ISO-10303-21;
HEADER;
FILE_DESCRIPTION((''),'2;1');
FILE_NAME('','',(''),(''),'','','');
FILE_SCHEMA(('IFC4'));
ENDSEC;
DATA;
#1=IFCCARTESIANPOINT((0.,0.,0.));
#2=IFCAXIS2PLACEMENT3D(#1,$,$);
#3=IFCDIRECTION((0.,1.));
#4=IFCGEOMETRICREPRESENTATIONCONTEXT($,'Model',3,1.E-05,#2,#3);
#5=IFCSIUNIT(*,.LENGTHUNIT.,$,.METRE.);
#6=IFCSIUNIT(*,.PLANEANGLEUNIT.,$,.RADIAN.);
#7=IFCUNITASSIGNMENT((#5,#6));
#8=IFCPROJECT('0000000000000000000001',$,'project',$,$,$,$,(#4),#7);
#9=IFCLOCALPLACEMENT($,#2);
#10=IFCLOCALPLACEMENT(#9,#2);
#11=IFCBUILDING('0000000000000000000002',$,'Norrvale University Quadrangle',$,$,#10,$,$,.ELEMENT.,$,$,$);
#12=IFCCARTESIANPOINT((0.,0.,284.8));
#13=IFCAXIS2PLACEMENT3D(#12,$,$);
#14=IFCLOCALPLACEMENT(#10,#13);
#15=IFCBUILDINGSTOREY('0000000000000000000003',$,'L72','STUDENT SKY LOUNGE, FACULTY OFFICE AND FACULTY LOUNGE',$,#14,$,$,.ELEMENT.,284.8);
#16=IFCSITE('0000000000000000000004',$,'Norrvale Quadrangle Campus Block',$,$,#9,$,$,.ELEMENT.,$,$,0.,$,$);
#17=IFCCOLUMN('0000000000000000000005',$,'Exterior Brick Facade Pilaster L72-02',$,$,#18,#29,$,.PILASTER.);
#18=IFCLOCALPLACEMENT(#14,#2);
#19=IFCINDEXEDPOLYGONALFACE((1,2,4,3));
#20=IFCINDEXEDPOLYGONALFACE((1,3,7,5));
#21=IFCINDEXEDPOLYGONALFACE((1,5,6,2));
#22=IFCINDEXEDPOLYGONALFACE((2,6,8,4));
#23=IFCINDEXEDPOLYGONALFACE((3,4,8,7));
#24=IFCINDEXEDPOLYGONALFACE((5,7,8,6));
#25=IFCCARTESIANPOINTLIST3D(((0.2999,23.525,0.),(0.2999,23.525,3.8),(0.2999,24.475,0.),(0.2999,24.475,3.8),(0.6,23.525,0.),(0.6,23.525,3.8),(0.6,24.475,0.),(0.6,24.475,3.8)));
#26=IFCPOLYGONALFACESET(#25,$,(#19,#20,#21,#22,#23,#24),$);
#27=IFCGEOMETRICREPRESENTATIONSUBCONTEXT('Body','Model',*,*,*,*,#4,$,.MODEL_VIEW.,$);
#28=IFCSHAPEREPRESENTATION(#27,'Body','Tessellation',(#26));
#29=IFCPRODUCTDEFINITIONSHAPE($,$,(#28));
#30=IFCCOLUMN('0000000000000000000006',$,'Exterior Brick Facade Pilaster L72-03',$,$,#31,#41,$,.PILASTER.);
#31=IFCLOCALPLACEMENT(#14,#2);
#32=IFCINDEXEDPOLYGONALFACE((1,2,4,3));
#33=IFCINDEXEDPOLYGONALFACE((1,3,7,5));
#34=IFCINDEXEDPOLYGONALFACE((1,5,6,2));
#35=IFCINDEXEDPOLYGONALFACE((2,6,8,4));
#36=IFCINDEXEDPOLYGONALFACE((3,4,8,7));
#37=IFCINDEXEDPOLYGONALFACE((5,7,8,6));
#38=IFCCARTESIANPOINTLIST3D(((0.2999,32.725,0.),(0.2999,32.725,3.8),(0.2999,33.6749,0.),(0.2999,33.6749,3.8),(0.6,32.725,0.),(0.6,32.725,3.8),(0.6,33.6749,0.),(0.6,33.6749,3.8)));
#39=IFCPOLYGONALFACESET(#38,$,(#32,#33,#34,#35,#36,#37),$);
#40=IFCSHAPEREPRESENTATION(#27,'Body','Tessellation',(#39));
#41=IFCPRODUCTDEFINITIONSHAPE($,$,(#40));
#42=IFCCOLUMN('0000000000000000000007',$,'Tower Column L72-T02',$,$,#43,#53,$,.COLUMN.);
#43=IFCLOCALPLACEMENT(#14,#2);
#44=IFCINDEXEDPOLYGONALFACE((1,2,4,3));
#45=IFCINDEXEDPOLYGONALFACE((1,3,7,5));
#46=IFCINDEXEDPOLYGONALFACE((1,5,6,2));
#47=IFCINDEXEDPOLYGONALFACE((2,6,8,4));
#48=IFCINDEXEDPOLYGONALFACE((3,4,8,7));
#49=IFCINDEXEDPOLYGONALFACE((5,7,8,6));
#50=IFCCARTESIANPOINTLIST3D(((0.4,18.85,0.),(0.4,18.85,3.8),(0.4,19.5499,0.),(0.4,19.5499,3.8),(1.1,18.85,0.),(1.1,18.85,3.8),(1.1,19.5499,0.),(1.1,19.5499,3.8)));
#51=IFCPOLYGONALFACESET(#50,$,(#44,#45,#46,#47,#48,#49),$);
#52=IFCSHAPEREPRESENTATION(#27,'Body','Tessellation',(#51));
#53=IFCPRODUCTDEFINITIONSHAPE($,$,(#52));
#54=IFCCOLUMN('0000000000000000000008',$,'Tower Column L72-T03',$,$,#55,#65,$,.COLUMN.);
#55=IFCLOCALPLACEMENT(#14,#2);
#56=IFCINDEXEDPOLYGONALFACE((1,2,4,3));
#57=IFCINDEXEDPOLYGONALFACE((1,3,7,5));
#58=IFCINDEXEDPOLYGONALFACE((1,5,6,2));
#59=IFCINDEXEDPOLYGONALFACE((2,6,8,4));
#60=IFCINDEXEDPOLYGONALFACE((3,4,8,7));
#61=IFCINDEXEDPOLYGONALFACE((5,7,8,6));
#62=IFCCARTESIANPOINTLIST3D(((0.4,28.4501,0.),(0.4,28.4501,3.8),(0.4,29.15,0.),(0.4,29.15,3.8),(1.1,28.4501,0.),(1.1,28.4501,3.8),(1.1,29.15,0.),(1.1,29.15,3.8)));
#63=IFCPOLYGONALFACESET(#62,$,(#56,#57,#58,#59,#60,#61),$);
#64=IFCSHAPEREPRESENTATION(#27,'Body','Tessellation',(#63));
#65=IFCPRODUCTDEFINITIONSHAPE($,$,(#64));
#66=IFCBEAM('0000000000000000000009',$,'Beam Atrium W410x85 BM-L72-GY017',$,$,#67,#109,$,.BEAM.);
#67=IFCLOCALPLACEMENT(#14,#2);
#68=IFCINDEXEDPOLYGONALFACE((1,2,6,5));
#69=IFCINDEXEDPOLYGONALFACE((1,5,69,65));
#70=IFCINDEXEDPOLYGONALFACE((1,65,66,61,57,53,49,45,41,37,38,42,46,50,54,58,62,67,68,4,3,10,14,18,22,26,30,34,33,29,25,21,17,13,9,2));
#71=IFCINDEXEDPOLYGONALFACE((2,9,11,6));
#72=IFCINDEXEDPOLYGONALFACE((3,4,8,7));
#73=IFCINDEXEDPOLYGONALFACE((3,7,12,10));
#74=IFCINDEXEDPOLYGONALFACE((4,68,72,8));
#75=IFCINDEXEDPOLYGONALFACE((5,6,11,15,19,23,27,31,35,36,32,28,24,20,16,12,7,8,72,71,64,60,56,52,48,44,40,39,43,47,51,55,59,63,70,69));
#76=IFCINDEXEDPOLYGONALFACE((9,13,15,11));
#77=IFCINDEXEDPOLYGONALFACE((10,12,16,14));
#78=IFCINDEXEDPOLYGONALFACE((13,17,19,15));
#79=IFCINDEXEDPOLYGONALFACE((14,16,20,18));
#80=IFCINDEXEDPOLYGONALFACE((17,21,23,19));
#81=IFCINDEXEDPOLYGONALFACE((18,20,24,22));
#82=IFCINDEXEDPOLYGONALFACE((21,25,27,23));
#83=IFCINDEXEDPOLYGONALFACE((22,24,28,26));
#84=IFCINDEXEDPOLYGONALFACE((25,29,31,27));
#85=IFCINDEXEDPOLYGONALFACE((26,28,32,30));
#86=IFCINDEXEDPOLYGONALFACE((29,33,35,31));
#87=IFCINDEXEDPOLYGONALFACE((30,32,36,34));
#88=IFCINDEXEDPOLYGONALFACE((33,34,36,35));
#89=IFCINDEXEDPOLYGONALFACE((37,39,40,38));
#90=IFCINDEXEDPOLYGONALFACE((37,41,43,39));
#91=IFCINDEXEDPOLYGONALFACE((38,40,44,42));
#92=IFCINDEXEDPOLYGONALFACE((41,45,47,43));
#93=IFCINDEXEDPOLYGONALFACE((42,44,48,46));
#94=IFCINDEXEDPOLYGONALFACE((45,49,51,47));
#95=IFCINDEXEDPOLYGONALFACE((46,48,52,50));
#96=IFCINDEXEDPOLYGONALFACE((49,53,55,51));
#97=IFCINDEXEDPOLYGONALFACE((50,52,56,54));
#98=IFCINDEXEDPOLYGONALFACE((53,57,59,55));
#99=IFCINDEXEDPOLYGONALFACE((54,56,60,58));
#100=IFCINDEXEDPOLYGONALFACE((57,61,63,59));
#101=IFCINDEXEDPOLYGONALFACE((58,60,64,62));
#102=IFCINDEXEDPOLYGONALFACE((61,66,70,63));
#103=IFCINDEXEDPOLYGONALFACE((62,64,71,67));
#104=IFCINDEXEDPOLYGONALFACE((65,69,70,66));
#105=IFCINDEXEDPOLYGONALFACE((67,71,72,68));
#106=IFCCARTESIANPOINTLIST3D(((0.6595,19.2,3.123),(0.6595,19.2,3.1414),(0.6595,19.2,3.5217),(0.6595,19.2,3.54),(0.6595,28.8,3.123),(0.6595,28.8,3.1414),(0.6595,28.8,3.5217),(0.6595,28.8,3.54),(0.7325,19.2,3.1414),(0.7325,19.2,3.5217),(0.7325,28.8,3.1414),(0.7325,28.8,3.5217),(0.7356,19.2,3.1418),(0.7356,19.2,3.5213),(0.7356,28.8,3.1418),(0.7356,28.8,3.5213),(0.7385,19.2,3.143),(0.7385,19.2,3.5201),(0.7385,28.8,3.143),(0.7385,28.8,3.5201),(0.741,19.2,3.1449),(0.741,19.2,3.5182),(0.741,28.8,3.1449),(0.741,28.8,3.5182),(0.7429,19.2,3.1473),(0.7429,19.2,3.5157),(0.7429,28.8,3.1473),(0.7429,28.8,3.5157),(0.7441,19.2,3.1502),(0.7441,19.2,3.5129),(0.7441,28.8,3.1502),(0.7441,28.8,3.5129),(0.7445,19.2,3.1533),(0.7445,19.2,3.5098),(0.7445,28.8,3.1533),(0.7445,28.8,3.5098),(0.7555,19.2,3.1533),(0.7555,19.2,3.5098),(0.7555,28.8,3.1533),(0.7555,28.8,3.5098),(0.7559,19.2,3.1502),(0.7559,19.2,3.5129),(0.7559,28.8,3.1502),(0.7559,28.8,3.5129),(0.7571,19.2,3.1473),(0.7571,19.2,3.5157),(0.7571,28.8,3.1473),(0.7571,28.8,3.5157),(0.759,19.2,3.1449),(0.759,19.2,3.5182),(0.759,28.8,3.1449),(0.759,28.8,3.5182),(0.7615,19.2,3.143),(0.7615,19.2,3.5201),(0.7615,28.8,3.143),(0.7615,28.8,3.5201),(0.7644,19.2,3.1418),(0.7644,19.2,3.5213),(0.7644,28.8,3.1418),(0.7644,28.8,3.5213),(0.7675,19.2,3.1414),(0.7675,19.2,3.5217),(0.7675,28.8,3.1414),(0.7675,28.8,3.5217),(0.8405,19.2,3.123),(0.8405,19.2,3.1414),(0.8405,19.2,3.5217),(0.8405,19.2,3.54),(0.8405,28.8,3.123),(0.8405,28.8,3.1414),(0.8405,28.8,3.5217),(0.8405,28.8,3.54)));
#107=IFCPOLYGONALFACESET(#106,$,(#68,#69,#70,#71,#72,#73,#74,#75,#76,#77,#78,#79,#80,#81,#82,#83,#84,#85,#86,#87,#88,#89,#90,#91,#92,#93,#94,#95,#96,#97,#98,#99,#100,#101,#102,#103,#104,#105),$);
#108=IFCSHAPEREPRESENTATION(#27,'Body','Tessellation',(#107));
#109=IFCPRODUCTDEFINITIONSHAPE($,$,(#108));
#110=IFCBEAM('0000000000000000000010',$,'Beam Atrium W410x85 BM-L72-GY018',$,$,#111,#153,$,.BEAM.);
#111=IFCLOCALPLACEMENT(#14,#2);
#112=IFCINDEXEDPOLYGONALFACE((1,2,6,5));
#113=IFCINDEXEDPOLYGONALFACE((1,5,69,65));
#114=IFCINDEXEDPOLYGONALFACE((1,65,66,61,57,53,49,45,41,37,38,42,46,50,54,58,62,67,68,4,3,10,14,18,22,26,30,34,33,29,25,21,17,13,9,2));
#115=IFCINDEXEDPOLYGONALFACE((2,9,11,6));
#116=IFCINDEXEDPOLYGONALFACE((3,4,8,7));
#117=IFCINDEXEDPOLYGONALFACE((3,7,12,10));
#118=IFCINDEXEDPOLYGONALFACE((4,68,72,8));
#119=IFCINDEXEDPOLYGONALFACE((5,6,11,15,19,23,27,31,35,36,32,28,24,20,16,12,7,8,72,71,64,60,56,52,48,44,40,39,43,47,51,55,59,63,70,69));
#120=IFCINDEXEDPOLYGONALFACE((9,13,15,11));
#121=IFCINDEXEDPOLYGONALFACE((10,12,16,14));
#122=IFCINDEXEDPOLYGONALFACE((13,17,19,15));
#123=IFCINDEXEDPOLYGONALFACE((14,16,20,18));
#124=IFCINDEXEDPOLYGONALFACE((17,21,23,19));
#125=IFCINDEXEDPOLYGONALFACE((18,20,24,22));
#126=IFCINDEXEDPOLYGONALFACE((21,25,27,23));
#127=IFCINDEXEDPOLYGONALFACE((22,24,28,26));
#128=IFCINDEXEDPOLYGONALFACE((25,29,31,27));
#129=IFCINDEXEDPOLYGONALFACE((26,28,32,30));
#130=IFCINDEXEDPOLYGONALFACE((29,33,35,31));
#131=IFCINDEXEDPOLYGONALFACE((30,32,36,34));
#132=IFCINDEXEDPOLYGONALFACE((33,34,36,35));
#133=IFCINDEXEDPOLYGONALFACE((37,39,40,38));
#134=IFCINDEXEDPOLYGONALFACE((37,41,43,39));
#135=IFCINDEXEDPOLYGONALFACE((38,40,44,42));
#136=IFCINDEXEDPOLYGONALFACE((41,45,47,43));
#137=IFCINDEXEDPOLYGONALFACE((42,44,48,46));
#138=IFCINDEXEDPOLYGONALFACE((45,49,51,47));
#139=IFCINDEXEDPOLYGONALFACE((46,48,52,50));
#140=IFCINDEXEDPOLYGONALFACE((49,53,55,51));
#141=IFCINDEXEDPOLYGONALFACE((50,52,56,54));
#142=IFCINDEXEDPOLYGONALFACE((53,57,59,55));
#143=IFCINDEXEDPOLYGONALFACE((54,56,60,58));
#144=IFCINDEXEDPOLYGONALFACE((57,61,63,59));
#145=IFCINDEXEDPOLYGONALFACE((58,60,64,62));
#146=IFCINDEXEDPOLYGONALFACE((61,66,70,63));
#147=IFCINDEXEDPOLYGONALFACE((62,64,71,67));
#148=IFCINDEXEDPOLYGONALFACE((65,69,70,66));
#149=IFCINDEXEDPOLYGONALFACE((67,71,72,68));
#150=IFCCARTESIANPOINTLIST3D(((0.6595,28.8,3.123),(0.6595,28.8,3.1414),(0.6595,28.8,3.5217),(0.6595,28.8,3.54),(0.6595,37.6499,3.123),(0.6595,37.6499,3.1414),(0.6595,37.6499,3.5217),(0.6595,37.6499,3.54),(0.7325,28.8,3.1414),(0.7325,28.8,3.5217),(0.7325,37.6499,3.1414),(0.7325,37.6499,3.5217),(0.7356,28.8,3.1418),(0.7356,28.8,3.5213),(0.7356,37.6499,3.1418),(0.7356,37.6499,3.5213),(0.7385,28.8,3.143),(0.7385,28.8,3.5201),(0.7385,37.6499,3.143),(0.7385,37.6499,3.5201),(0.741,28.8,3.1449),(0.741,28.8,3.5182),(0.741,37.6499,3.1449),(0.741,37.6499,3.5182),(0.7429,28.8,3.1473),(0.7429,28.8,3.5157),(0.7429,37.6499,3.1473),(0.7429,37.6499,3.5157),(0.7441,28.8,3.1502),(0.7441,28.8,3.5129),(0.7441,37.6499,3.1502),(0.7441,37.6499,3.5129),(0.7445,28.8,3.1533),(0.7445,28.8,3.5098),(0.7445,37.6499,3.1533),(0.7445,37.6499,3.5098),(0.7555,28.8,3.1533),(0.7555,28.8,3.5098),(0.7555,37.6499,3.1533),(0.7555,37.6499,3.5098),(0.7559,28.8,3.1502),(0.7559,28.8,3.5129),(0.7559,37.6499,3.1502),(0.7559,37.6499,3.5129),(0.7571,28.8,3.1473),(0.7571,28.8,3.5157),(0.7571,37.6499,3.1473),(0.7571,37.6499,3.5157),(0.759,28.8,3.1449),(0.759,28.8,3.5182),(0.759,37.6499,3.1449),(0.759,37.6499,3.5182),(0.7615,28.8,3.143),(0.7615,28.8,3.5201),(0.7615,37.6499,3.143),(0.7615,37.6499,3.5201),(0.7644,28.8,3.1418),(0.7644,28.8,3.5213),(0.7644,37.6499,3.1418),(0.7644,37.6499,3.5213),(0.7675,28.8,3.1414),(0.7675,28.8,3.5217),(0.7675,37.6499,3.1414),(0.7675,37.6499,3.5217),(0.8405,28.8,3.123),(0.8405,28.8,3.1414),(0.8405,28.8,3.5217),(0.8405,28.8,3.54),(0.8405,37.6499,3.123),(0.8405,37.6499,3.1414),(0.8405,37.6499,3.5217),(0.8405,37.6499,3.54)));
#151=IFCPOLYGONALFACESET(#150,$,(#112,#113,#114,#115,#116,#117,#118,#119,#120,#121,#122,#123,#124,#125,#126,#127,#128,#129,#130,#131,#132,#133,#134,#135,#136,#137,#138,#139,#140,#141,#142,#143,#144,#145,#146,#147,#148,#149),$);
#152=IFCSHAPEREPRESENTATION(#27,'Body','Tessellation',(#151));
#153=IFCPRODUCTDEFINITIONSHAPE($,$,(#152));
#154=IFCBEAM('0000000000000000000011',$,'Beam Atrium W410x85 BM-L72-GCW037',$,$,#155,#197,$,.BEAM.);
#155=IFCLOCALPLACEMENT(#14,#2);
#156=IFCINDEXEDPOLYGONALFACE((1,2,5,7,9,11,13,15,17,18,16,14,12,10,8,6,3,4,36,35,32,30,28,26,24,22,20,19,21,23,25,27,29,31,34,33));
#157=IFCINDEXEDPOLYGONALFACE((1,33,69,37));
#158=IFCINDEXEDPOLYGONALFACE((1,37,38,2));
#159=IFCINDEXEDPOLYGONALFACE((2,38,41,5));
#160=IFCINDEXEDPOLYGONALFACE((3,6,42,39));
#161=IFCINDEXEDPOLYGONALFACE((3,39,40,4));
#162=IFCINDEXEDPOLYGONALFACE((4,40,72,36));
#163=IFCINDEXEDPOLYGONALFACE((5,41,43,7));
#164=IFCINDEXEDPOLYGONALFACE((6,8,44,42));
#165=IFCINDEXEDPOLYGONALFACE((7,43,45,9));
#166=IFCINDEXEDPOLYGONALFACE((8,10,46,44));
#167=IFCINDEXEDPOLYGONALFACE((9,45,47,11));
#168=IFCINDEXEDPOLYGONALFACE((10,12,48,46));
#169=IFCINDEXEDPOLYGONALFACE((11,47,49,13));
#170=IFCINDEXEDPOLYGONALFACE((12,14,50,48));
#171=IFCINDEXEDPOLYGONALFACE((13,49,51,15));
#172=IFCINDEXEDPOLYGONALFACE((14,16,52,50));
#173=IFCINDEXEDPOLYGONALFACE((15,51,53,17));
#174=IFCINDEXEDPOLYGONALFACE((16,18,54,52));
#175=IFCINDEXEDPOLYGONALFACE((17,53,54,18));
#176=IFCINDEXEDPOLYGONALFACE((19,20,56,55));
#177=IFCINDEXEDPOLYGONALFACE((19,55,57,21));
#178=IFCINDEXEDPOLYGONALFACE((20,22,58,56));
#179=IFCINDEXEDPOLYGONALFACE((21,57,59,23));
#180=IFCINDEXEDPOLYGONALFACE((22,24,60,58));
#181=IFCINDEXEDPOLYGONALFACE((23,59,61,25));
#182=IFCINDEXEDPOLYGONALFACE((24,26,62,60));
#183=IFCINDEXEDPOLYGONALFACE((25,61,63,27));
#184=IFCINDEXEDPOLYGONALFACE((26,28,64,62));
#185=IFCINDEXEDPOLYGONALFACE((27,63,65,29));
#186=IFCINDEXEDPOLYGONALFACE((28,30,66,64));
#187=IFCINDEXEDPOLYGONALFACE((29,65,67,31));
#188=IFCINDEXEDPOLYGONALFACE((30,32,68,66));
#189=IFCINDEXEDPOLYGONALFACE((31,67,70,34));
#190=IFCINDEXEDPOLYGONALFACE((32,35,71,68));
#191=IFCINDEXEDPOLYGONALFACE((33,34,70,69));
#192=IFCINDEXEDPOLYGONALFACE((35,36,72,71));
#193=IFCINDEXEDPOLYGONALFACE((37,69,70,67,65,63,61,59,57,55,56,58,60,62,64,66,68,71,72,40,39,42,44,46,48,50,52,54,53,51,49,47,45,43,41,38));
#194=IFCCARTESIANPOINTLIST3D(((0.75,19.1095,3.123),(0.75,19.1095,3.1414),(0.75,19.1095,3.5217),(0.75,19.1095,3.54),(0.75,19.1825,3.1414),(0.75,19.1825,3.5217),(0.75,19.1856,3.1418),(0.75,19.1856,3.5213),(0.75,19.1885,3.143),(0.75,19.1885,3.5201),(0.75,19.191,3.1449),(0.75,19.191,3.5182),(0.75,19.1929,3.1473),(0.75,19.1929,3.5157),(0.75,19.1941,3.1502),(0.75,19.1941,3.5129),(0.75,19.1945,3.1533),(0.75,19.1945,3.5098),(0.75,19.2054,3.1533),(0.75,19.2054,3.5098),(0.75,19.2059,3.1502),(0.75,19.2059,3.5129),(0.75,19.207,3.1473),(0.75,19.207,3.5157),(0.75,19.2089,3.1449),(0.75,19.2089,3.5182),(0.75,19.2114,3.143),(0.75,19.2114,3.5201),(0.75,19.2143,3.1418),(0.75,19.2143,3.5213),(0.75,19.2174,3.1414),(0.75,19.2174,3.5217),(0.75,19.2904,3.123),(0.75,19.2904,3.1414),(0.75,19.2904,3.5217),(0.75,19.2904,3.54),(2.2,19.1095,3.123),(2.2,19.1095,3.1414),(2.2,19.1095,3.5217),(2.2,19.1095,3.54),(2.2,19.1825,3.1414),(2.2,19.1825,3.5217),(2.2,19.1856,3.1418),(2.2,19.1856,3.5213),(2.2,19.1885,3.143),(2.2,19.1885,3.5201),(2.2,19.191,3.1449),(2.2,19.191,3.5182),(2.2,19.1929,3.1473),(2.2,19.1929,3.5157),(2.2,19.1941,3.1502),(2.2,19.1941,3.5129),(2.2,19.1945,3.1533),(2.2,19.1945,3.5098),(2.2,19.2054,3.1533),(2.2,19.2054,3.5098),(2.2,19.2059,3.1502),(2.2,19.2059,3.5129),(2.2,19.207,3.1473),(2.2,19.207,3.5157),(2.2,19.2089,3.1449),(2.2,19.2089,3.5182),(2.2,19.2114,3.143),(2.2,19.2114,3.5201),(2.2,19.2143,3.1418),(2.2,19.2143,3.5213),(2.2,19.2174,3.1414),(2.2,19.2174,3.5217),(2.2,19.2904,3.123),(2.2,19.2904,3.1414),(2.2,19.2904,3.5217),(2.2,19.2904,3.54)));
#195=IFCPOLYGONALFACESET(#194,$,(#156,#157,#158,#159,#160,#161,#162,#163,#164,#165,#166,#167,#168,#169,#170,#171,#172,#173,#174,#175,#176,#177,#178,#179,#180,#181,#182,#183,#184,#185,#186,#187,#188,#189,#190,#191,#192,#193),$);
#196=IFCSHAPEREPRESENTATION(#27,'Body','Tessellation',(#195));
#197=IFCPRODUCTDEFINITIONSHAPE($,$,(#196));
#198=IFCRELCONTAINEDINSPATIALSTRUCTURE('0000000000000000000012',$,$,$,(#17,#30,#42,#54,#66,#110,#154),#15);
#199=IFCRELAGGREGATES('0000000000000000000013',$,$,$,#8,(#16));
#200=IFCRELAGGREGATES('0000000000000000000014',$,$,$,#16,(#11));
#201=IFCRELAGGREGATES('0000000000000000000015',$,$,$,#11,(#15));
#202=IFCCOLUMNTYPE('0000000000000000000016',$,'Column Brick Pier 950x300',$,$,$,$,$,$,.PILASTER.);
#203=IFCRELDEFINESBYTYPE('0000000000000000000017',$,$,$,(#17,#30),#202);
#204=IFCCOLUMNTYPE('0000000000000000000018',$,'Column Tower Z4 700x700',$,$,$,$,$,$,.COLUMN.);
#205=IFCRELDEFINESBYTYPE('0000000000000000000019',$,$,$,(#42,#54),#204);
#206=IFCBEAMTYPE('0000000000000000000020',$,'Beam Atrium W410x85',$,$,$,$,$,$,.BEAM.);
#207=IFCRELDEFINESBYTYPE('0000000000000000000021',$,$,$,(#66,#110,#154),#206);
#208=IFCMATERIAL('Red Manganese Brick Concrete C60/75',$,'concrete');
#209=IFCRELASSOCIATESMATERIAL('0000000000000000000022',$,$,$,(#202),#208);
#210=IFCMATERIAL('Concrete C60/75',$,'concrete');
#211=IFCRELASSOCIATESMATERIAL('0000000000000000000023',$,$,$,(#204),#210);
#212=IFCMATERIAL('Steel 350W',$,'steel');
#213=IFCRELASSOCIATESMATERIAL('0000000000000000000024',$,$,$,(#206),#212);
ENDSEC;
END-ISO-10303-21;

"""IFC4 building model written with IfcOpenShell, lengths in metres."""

from ifc_helpers import new_model, si_unit, direction, frame, origin, origin_2d, place, context, subcontext, project, spatial, rectangle, i_section, extrude, material, material_profile, profile_set, type_object, element, save


model = new_model("IFC4")

# Units and contexts
model_context = context("Model", 3, precision=1e-05, world=origin(), true_north=direction((0.0, 1.0)))
body_context = subcontext(model_context, "Body", "Model", "MODEL_VIEW")
ifc_project = project(units=[si_unit("LENGTHUNIT", "METRE"), si_unit("PLANEANGLEUNIT", "RADIAN")], contexts=[model_context])

# Site, building, storey
site_placement = place(None, origin())
site = spatial("IfcSite", under=ifc_project, at=site_placement, Name="Norrvale Quadrangle Campus Block", CompositionType="ELEMENT", RefElevation=0.0)
building_placement = place(site_placement, origin())
building = spatial("IfcBuilding", under=site, at=building_placement, Name="Norrvale University Quadrangle", CompositionType="ELEMENT")
storey_placement = place(building_placement, frame((0.0, 0.0, 284.8)))
storey = spatial("IfcBuildingStorey", under=building, at=storey_placement, Name="L72", Description="STUDENT SKY LOUNGE, FACULTY OFFICE AND FACULTY LOUNGE", CompositionType="ELEMENT", Elevation=284.8)

# Columns
ifc_material_1 = material(Name="Red Manganese Brick Concrete C60/75", Category="concrete")
ifc_material_profile_1 = material_profile(ifc_material_1, rectangle(XDim=0.95, YDim=0.3, at=origin_2d()), Name="Red Manganese Brick Concrete C60/75")
ifc_profile_set_1 = profile_set([ifc_material_profile_1], Name="Red Manganese Brick Concrete C60/75")
column_type_1 = type_object("IfcColumnType", Name="Column Brick Pier 950x300", PredefinedType="PILASTER", material=ifc_profile_set_1)
for number, where, z_axis, x_axis, name in (
    (1, (0.45, 24.0, 0.0), (0.0, 0.0, 1.0), (0.0, 1.0, 0.0), "Exterior Brick Facade Pilaster L72-02"),
    (2, (0.45, 33.2, 0.0), (0.0, 0.0, 1.0), (0.0, 1.0, 0.0), "Exterior Brick Facade Pilaster L72-03"),
):
    element("IfcColumn", number, at=place(storey_placement, frame(where, z_axis=z_axis, x_axis=x_axis)), inside=storey, type_object=column_type_1, Name=name, PredefinedType="PILASTER", context=body_context, shape_type="SweptSolid", body=[
        extrude(rectangle(XDim=0.95, YDim=0.3, at=origin_2d()), origin(), (0.0, 0.0, 1.0), 3.8),
    ])
ifc_material_2 = material(Name="Concrete C60/75", Category="concrete")
ifc_material_profile_2 = material_profile(ifc_material_2, rectangle(XDim=0.7, YDim=0.7, at=origin_2d()), Name="Concrete C60/75")
ifc_profile_set_2 = profile_set([ifc_material_profile_2], Name="Concrete C60/75")
column_type_2 = type_object("IfcColumnType", Name="Column Tower Z4 700x700", PredefinedType="COLUMN", material=ifc_profile_set_2)
for number, where, z_axis, x_axis, name in (
    (3, (0.75, 19.2, 0.0), (0.0, 0.0, 1.0), (1.0, 0.0, 0.0), "Tower Column L72-T02"),
    (4, (0.75, 28.8, 0.0), (0.0, 0.0, 1.0), (1.0, 0.0, 0.0), "Tower Column L72-T03"),
):
    element("IfcColumn", number, at=place(storey_placement, frame(where, z_axis=z_axis, x_axis=x_axis)), inside=storey, type_object=column_type_2, Name=name, PredefinedType="COLUMN", context=body_context, shape_type="SweptSolid", body=[
        extrude(rectangle(XDim=0.7, YDim=0.7, at=origin_2d()), origin(), (0.0, 0.0, 1.0), 3.8),
    ])

# Beams
ifc_material_3 = material(Name="Steel 350W", Category="steel")
ifc_material_profile_3 = material_profile(ifc_material_3, i_section(OverallWidth=0.1809, OverallDepth=0.417, WebThickness=0.011, FlangeThickness=0.0183, FilletRadius=0.012, at=origin_2d()), Name="Steel 350W")
ifc_profile_set_3 = profile_set([ifc_material_profile_3], Name="Steel 350W")
beam_type = type_object("IfcBeamType", Name="Beam Atrium W410x85", PredefinedType="BEAM", material=ifc_profile_set_3)
beam_1_placement = place(storey_placement, frame((0.75, 19.2, 3.3315), z_axis=(0.0, 1.0, 0.0), x_axis=(-1.0, 0.0, 0.0)))
element("IfcBeam", 5, at=beam_1_placement, inside=storey, type_object=beam_type, Name="Beam Atrium W410x85 BM-L72-GY017", PredefinedType="BEAM", context=body_context, shape_type="SweptSolid", body=[
    extrude(i_section(OverallWidth=0.1809, OverallDepth=0.417, WebThickness=0.011, FlangeThickness=0.0183, FilletRadius=0.012, at=origin_2d()), origin(), (0.0, 0.0, 1.0), 9.6001),
])
beam_2_placement = place(storey_placement, frame((0.75, 28.8, 3.3315), z_axis=(0.0, 1.0, 0.0), x_axis=(-1.0, 0.0, 0.0)))
element("IfcBeam", 6, at=beam_2_placement, inside=storey, type_object=beam_type, Name="Beam Atrium W410x85 BM-L72-GY018", PredefinedType="BEAM", context=body_context, shape_type="SweptSolid", body=[
    extrude(i_section(OverallWidth=0.1809, OverallDepth=0.417, WebThickness=0.011, FlangeThickness=0.0183, FilletRadius=0.012, at=origin_2d()), origin(), (0.0, 0.0, 1.0), 8.8499),
])
for number, where, z_axis, x_axis, name in (
    (7, (0.75, 19.2, 3.3315), (1.0, 0.0, 0.0), (0.0, 1.0, 0.0), "Beam Atrium W410x85 BM-L72-GCW037"),
):
    element("IfcBeam", number, at=place(storey_placement, frame(where, z_axis=z_axis, x_axis=x_axis)), inside=storey, type_object=beam_type, Name=name, PredefinedType="BEAM", context=body_context, shape_type="SweptSolid", body=[
        extrude(i_section(OverallWidth=0.1809, OverallDepth=0.417, WebThickness=0.011, FlangeThickness=0.0183, FilletRadius=0.012, at=origin_2d()), origin(), (0.0, 0.0, 1.0), 1.45),
    ])

save(model, "model.ifc")
